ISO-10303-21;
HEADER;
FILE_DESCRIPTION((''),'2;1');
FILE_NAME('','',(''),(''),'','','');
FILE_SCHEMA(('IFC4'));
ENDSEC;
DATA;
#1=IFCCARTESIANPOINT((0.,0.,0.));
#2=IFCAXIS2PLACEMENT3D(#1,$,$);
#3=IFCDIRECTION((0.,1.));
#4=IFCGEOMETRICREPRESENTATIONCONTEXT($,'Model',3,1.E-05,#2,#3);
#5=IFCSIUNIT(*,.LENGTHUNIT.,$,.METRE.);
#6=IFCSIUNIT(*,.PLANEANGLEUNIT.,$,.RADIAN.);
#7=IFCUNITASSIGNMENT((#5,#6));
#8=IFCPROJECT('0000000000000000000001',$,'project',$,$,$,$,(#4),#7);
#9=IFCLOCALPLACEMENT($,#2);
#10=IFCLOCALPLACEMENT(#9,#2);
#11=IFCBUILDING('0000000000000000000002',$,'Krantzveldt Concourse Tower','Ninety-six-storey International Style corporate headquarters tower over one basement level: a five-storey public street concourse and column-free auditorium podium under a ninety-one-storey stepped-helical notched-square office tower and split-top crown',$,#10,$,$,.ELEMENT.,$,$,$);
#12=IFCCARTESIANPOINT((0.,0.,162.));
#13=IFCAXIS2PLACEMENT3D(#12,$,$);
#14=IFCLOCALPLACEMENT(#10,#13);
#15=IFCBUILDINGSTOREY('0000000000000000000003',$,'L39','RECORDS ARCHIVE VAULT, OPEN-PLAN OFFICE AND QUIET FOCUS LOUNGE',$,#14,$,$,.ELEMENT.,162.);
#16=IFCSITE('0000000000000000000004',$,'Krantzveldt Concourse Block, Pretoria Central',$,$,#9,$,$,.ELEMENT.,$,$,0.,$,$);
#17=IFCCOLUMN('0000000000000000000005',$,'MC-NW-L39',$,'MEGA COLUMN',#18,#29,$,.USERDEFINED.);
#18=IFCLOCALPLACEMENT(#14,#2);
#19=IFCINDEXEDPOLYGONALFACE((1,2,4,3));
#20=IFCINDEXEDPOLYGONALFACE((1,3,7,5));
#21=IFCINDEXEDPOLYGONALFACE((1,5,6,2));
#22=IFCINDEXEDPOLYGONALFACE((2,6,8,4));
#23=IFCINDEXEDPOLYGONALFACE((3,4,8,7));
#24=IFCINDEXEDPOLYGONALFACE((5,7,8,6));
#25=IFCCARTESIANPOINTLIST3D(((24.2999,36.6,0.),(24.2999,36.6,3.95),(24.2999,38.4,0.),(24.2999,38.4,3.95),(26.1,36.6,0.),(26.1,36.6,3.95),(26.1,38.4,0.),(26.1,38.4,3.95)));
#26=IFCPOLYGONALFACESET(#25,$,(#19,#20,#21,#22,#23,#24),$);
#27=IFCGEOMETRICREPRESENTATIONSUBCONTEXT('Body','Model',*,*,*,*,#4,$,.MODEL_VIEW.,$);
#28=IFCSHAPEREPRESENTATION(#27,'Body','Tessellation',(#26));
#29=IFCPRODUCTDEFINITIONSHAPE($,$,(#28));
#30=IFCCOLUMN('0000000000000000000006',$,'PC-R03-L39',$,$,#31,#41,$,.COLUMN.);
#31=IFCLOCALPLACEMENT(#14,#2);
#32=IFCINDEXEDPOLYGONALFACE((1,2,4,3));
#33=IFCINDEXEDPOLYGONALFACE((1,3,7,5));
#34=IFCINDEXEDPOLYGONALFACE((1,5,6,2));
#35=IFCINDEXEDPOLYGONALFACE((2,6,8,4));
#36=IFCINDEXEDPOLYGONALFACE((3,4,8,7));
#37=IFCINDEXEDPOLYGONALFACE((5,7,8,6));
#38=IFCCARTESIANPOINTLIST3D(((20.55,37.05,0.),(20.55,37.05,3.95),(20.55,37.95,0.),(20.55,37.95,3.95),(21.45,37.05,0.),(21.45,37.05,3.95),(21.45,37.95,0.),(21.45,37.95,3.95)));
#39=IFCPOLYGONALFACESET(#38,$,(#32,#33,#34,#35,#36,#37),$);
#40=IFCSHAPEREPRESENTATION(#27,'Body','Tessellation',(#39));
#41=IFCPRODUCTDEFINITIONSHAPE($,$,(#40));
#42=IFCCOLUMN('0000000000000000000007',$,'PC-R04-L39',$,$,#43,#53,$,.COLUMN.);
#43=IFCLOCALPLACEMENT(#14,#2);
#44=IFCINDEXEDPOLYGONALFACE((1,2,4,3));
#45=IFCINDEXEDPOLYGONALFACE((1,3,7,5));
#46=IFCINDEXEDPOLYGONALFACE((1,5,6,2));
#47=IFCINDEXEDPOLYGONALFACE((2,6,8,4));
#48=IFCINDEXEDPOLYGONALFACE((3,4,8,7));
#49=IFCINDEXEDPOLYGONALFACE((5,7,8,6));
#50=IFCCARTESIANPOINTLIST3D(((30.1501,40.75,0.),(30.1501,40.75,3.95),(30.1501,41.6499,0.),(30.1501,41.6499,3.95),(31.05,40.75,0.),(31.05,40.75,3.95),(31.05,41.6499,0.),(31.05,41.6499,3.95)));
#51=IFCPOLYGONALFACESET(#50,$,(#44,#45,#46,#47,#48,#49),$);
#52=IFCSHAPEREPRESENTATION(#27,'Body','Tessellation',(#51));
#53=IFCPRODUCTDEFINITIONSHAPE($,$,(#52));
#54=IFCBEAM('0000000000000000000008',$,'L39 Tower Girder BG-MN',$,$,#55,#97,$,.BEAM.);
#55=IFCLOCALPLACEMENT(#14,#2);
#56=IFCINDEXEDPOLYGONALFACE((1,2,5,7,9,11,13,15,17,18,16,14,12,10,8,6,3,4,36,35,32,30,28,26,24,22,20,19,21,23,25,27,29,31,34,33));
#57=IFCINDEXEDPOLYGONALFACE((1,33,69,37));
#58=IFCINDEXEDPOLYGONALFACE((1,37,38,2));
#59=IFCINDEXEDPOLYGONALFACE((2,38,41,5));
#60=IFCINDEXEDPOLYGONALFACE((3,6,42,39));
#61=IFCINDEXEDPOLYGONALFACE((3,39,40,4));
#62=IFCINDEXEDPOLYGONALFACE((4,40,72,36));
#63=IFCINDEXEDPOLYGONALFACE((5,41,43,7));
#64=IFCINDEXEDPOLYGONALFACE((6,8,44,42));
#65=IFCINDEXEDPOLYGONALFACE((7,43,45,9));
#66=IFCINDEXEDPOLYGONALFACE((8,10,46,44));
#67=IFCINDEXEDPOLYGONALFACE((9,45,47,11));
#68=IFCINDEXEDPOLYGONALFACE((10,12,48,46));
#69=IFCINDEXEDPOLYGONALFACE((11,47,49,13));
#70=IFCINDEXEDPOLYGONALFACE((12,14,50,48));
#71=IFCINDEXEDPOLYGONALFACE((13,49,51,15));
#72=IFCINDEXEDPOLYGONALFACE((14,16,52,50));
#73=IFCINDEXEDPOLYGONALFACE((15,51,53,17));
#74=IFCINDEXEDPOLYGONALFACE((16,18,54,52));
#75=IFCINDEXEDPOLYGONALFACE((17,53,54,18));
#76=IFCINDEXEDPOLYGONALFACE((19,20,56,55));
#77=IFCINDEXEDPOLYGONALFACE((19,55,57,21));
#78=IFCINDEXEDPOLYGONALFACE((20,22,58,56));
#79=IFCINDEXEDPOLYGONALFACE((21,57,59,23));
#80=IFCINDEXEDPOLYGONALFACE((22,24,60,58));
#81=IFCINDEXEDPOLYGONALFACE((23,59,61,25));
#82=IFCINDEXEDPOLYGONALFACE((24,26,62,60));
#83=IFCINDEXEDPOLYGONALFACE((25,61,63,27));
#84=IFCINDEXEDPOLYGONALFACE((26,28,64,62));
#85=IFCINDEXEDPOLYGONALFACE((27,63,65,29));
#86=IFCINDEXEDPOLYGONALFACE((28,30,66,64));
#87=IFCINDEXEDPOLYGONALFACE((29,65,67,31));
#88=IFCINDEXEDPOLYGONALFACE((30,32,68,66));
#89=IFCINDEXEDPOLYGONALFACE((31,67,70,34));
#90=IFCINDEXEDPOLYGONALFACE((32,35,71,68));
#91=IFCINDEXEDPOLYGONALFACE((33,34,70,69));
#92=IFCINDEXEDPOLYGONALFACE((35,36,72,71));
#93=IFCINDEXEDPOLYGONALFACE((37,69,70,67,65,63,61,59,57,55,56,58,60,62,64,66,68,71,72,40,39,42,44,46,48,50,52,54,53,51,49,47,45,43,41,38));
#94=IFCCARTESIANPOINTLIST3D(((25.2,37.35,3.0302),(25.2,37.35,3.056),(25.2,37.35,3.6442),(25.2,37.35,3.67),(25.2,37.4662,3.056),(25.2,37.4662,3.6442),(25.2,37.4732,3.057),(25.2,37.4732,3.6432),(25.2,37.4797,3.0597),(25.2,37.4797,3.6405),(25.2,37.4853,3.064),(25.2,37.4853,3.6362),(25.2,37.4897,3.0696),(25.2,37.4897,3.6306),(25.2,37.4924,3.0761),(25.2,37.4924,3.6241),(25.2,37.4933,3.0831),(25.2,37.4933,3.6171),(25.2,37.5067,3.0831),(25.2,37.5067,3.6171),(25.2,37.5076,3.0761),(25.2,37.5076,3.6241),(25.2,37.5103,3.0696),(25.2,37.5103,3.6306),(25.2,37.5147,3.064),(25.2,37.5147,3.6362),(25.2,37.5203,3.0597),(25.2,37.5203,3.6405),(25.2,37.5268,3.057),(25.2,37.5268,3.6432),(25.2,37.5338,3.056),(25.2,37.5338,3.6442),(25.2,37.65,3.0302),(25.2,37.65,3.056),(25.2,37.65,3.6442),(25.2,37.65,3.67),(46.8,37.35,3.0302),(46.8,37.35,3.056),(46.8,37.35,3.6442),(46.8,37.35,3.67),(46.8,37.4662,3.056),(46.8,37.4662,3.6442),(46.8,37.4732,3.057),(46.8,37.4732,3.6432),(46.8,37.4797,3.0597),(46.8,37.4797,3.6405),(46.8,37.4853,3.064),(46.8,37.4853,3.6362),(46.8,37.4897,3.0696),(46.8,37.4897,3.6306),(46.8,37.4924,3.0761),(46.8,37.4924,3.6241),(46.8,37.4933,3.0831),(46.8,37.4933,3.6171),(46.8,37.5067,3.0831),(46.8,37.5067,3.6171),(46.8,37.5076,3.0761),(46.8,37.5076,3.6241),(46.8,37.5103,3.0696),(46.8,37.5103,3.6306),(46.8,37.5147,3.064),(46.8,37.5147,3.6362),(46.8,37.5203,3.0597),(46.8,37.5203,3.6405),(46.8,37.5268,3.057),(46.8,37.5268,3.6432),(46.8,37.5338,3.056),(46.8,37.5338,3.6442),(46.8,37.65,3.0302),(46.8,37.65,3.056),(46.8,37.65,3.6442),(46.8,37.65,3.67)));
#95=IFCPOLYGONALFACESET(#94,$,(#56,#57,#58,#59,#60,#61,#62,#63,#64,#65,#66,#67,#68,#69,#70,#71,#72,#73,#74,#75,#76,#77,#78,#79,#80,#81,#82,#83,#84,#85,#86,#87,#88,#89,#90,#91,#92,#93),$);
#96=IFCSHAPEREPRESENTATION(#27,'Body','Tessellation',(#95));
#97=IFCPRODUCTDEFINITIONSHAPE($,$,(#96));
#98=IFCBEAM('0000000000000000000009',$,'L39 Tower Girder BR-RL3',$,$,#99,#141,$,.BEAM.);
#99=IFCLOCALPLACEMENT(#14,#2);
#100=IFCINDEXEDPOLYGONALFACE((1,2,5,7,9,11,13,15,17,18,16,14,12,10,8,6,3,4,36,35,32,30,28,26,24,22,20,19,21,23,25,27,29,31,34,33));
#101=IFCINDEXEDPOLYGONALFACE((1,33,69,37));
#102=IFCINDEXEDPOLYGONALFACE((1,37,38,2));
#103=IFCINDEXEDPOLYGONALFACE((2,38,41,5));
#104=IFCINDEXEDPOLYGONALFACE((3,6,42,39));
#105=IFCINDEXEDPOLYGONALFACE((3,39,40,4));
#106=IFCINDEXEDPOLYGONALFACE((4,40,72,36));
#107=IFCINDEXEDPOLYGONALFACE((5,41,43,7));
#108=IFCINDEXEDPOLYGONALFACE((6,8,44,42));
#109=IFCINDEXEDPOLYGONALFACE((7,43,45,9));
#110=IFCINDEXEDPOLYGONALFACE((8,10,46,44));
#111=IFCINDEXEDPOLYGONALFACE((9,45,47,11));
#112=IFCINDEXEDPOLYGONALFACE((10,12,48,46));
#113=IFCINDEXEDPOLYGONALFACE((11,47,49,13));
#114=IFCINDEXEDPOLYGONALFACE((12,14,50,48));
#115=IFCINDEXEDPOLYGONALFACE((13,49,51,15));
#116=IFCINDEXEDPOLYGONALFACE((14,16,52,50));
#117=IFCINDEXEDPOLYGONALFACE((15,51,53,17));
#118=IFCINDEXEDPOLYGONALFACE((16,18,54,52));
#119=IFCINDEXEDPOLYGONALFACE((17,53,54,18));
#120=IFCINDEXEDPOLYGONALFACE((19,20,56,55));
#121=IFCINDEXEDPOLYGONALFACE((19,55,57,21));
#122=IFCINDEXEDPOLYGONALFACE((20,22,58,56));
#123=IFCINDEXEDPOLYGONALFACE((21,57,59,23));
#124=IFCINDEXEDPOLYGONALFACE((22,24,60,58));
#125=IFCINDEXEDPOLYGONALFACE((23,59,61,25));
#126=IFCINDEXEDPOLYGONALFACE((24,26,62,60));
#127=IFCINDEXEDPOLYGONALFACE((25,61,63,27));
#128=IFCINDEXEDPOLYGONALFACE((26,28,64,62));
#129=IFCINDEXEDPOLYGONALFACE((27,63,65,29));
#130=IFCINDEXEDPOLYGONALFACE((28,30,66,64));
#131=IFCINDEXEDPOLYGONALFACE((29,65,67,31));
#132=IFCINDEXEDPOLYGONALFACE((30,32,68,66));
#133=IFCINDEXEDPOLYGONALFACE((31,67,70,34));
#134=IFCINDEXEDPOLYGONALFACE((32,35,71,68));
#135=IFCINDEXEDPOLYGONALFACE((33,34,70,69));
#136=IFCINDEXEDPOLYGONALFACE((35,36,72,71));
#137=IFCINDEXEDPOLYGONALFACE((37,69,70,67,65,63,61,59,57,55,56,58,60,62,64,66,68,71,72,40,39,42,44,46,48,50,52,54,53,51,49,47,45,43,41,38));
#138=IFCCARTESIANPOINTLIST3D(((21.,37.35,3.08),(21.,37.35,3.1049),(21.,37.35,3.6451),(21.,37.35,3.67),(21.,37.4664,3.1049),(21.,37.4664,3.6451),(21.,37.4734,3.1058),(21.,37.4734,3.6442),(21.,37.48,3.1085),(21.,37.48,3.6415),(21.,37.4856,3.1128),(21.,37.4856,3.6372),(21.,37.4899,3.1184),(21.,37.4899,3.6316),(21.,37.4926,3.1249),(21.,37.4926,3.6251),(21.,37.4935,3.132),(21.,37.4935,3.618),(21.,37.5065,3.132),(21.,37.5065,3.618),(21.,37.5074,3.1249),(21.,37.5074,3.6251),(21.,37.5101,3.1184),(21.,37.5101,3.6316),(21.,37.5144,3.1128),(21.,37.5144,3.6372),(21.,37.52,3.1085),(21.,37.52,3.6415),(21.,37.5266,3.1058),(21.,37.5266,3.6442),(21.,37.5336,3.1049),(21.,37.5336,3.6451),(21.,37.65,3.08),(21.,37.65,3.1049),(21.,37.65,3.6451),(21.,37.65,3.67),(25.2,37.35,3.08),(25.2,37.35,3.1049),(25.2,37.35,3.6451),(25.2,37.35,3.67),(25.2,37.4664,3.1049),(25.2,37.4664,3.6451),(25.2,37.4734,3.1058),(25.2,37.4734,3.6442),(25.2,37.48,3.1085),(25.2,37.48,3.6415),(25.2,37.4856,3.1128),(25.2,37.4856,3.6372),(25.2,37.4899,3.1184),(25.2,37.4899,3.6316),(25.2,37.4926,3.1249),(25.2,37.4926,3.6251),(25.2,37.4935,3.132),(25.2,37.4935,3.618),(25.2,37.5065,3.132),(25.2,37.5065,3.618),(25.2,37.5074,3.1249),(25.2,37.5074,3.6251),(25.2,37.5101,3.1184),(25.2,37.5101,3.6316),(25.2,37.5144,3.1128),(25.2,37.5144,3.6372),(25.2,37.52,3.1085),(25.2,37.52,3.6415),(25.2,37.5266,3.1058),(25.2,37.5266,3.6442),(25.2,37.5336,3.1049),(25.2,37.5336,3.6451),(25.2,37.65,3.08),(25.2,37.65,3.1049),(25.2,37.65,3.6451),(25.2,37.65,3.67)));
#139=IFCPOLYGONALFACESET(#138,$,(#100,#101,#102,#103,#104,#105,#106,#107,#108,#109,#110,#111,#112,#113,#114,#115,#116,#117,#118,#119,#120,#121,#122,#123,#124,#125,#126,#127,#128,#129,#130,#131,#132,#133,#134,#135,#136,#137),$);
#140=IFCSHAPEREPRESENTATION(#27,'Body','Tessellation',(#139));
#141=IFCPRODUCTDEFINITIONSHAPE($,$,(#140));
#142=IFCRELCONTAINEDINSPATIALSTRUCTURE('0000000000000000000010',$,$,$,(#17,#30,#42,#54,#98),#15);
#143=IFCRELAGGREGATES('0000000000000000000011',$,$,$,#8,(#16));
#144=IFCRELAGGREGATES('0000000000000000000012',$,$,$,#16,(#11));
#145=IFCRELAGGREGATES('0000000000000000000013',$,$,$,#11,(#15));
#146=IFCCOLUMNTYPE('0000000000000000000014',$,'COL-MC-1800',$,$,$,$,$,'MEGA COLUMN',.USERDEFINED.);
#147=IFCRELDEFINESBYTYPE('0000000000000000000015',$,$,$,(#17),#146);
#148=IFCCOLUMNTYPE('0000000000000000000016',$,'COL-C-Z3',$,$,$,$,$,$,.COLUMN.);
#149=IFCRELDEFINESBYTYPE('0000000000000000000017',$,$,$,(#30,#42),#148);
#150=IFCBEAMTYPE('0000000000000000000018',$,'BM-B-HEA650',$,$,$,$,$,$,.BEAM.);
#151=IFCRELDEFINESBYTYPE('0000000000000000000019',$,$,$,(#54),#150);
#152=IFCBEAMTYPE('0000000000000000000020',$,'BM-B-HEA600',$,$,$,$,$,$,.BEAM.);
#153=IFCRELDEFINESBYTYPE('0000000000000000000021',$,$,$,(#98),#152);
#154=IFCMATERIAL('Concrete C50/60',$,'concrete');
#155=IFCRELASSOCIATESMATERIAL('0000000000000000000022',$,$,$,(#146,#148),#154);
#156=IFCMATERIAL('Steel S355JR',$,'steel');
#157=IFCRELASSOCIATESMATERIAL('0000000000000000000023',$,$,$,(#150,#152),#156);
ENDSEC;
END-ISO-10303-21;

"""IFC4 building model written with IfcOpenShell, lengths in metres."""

from ifc_helpers import new_model, si_unit, direction, frame, origin, origin_2d, place, context, subcontext, project, spatial, rectangle, i_section, extrude, source, transform, mapped, material, material_profile, profile_set, type_object, type_shapes, element, save


model = new_model("IFC4")

# Units and contexts
model_context = context("Model", 3, precision=1e-05, world=origin(), true_north=direction((0.0, 1.0)))
body_context = subcontext(model_context, "Body", "Model", "MODEL_VIEW")
ifc_project = project(units=[si_unit("LENGTHUNIT", "METRE"), si_unit("PLANEANGLEUNIT", "RADIAN")], contexts=[model_context])

# Site, building, storey
site_placement = place(None, origin())
site = spatial("IfcSite", under=ifc_project, at=site_placement, Name="Krantzveldt Concourse Block, Pretoria Central", CompositionType="ELEMENT", RefElevation=0.0)
building_placement = place(site_placement, origin())
building = spatial("IfcBuilding", under=site, at=building_placement, Name="Krantzveldt Concourse Tower", Description="Ninety-six-storey International Style corporate headquarters tower over one basement level: a five-storey public street concourse and column-free auditorium podium under a ninety-one-storey stepped-helical notched-square office tower and split-top crown", CompositionType="ELEMENT")
storey_placement = place(building_placement, frame((0.0, 0.0, 162.0)))
storey = spatial("IfcBuildingStorey", under=building, at=storey_placement, Name="L39", Description="RECORDS ARCHIVE VAULT, OPEN-PLAN OFFICE AND QUIET FOCUS LOUNGE", CompositionType="ELEMENT", Elevation=162.0)

# Columns
ifc_material_1 = material(Name="Concrete C50/60", Category="concrete")
ifc_material_profile_1 = material_profile(ifc_material_1, rectangle(XDim=1.8, YDim=1.8, at=origin_2d()), Name="Concrete C50/60", Category="concrete")
ifc_profile_set_1 = profile_set([ifc_material_profile_1], Name="Concrete C50/60 - RC 1800x1800")
column_type_1 = type_object("IfcColumnType", Name="COL-MC-1800", ElementType="MEGA COLUMN", PredefinedType="USERDEFINED", material=ifc_profile_set_1)
shared_shape_1 = source(origin(), body_context, "Body", "SweptSolid", [
    extrude(rectangle(XDim=1.8, YDim=1.8, at=origin_2d()), origin(), (0.0, 0.0, 1.0), 3.95),
])
type_shapes(column_type_1, [shared_shape_1])
column_placement = place(storey_placement, frame((25.2, 37.5, 0.0), z_axis=(0.0, 0.0, 1.0), x_axis=(1.0, 0.0, 0.0)))
element("IfcColumn", 1, at=column_placement, inside=storey, type_object=column_type_1, Name="MC-NW-L39", ObjectType="MEGA COLUMN", PredefinedType="USERDEFINED", context=body_context, shape_type="MappedRepresentation", body=[
    mapped(shared_shape_1, transform((0.0, 0.0, 0.0), x_axis=(1.0, 0.0, 0.0), y_axis=(0.0, 1.0, 0.0), z_axis=(0.0, 0.0, 1.0), scale=1.0)),
])
ifc_material_profile_2 = material_profile(ifc_material_1, rectangle(XDim=0.8999, YDim=0.8999, at=origin_2d()), Name="Concrete C50/60", Category="concrete")
ifc_profile_set_2 = profile_set([ifc_material_profile_2], Name="Concrete C50/60 - RC 900x900")
column_type_2 = type_object("IfcColumnType", Name="COL-C-Z3", PredefinedType="COLUMN", material=ifc_profile_set_2)
shared_shape_2 = source(origin(), body_context, "Body", "SweptSolid", [
    extrude(rectangle(XDim=0.8999, YDim=0.8999, at=origin_2d()), origin(), (0.0, 0.0, 1.0), 3.95),
])
type_shapes(column_type_2, [shared_shape_2])
for number, where, z_axis, x_axis, name in (
    (2, (21.0, 37.5, 0.0), (0.0, 0.0, 1.0), (1.0, 0.0, 0.0), "PC-R03-L39"),
    (3, (30.6001, 41.2, 0.0), (0.0, 0.0, 1.0), (1.0, 0.0, 0.0), "PC-R04-L39"),
):
    element("IfcColumn", number, at=place(storey_placement, frame(where, z_axis=z_axis, x_axis=x_axis)), inside=storey, type_object=column_type_2, Name=name, PredefinedType="COLUMN", context=body_context, shape_type="MappedRepresentation", body=[
        mapped(shared_shape_2, transform((0.0, 0.0, 0.0), x_axis=(1.0, 0.0, 0.0), y_axis=(0.0, 1.0, 0.0), z_axis=(0.0, 0.0, 1.0), scale=1.0)),
    ])

# Beams
ifc_material_2 = material(Name="Steel S355JR", Category="steel")
ifc_material_profile_3 = material_profile(ifc_material_2, i_section(OverallWidth=0.3, OverallDepth=0.6399, WebThickness=0.0134, FlangeThickness=0.0259, FilletRadius=0.0271, at=origin_2d()), Name="Steel S355JR", Category="steel")
ifc_profile_set_3 = profile_set([ifc_material_profile_3], Name="Steel S355JR - HEA 650")
beam_type_1 = type_object("IfcBeamType", Name="BM-B-HEA650", PredefinedType="BEAM", material=ifc_profile_set_3)
shared_shape_3 = source(origin(), body_context, "Body", "SweptSolid", [
    extrude(i_section(OverallWidth=0.3, OverallDepth=0.6399, WebThickness=0.0134, FlangeThickness=0.0259, FilletRadius=0.0271, at=origin_2d()), origin(), (0.0, 0.0, 1.0), 21.6001),
])
type_shapes(beam_type_1, [shared_shape_3])
beam_1_placement = place(storey_placement, frame((25.2, 37.5, 3.3501), z_axis=(1.0, 0.0, 0.0), x_axis=(0.0, 1.0, 0.0)))
element("IfcBeam", 4, at=beam_1_placement, inside=storey, type_object=beam_type_1, Name="L39 Tower Girder BG-MN", PredefinedType="BEAM", context=body_context, shape_type="MappedRepresentation", body=[
    mapped(shared_shape_3, transform((0.0, 0.0, 0.0), x_axis=(1.0, 0.0, 0.0), y_axis=(0.0, 1.0, 0.0), z_axis=(0.0, 0.0, 1.0), scale=1.0)),
])
ifc_material_profile_4 = material_profile(ifc_material_2, i_section(OverallWidth=0.3, OverallDepth=0.5901, WebThickness=0.0129, FlangeThickness=0.0249, FilletRadius=0.0271, at=origin_2d()), Name="Steel S355JR", Category="steel")
ifc_profile_set_4 = profile_set([ifc_material_profile_4], Name="Steel S355JR - HEA 600")
beam_type_2 = type_object("IfcBeamType", Name="BM-B-HEA600", PredefinedType="BEAM", material=ifc_profile_set_4)
shared_shape_4 = source(origin(), body_context, "Body", "SweptSolid", [
    extrude(i_section(OverallWidth=0.3, OverallDepth=0.5901, WebThickness=0.0129, FlangeThickness=0.0249, FilletRadius=0.0271, at=origin_2d()), origin(), (0.0, 0.0, 1.0), 4.2),
])
beam_2_placement = place(storey_placement, frame((21.0, 37.5, 3.375), z_axis=(1.0, 0.0, 0.0), x_axis=(0.0, 1.0, 0.0)))
element("IfcBeam", 5, at=beam_2_placement, inside=storey, type_object=beam_type_2, Name="L39 Tower Girder BR-RL3", PredefinedType="BEAM", context=body_context, shape_type="MappedRepresentation", body=[
    mapped(shared_shape_4, transform((0.0, 0.0, 0.0), x_axis=(1.0, 0.0, 0.0), y_axis=(0.0, 1.0, 0.0), z_axis=(0.0, 0.0, 1.0), scale=1.0)),
])

save(model, "model.ifc")
